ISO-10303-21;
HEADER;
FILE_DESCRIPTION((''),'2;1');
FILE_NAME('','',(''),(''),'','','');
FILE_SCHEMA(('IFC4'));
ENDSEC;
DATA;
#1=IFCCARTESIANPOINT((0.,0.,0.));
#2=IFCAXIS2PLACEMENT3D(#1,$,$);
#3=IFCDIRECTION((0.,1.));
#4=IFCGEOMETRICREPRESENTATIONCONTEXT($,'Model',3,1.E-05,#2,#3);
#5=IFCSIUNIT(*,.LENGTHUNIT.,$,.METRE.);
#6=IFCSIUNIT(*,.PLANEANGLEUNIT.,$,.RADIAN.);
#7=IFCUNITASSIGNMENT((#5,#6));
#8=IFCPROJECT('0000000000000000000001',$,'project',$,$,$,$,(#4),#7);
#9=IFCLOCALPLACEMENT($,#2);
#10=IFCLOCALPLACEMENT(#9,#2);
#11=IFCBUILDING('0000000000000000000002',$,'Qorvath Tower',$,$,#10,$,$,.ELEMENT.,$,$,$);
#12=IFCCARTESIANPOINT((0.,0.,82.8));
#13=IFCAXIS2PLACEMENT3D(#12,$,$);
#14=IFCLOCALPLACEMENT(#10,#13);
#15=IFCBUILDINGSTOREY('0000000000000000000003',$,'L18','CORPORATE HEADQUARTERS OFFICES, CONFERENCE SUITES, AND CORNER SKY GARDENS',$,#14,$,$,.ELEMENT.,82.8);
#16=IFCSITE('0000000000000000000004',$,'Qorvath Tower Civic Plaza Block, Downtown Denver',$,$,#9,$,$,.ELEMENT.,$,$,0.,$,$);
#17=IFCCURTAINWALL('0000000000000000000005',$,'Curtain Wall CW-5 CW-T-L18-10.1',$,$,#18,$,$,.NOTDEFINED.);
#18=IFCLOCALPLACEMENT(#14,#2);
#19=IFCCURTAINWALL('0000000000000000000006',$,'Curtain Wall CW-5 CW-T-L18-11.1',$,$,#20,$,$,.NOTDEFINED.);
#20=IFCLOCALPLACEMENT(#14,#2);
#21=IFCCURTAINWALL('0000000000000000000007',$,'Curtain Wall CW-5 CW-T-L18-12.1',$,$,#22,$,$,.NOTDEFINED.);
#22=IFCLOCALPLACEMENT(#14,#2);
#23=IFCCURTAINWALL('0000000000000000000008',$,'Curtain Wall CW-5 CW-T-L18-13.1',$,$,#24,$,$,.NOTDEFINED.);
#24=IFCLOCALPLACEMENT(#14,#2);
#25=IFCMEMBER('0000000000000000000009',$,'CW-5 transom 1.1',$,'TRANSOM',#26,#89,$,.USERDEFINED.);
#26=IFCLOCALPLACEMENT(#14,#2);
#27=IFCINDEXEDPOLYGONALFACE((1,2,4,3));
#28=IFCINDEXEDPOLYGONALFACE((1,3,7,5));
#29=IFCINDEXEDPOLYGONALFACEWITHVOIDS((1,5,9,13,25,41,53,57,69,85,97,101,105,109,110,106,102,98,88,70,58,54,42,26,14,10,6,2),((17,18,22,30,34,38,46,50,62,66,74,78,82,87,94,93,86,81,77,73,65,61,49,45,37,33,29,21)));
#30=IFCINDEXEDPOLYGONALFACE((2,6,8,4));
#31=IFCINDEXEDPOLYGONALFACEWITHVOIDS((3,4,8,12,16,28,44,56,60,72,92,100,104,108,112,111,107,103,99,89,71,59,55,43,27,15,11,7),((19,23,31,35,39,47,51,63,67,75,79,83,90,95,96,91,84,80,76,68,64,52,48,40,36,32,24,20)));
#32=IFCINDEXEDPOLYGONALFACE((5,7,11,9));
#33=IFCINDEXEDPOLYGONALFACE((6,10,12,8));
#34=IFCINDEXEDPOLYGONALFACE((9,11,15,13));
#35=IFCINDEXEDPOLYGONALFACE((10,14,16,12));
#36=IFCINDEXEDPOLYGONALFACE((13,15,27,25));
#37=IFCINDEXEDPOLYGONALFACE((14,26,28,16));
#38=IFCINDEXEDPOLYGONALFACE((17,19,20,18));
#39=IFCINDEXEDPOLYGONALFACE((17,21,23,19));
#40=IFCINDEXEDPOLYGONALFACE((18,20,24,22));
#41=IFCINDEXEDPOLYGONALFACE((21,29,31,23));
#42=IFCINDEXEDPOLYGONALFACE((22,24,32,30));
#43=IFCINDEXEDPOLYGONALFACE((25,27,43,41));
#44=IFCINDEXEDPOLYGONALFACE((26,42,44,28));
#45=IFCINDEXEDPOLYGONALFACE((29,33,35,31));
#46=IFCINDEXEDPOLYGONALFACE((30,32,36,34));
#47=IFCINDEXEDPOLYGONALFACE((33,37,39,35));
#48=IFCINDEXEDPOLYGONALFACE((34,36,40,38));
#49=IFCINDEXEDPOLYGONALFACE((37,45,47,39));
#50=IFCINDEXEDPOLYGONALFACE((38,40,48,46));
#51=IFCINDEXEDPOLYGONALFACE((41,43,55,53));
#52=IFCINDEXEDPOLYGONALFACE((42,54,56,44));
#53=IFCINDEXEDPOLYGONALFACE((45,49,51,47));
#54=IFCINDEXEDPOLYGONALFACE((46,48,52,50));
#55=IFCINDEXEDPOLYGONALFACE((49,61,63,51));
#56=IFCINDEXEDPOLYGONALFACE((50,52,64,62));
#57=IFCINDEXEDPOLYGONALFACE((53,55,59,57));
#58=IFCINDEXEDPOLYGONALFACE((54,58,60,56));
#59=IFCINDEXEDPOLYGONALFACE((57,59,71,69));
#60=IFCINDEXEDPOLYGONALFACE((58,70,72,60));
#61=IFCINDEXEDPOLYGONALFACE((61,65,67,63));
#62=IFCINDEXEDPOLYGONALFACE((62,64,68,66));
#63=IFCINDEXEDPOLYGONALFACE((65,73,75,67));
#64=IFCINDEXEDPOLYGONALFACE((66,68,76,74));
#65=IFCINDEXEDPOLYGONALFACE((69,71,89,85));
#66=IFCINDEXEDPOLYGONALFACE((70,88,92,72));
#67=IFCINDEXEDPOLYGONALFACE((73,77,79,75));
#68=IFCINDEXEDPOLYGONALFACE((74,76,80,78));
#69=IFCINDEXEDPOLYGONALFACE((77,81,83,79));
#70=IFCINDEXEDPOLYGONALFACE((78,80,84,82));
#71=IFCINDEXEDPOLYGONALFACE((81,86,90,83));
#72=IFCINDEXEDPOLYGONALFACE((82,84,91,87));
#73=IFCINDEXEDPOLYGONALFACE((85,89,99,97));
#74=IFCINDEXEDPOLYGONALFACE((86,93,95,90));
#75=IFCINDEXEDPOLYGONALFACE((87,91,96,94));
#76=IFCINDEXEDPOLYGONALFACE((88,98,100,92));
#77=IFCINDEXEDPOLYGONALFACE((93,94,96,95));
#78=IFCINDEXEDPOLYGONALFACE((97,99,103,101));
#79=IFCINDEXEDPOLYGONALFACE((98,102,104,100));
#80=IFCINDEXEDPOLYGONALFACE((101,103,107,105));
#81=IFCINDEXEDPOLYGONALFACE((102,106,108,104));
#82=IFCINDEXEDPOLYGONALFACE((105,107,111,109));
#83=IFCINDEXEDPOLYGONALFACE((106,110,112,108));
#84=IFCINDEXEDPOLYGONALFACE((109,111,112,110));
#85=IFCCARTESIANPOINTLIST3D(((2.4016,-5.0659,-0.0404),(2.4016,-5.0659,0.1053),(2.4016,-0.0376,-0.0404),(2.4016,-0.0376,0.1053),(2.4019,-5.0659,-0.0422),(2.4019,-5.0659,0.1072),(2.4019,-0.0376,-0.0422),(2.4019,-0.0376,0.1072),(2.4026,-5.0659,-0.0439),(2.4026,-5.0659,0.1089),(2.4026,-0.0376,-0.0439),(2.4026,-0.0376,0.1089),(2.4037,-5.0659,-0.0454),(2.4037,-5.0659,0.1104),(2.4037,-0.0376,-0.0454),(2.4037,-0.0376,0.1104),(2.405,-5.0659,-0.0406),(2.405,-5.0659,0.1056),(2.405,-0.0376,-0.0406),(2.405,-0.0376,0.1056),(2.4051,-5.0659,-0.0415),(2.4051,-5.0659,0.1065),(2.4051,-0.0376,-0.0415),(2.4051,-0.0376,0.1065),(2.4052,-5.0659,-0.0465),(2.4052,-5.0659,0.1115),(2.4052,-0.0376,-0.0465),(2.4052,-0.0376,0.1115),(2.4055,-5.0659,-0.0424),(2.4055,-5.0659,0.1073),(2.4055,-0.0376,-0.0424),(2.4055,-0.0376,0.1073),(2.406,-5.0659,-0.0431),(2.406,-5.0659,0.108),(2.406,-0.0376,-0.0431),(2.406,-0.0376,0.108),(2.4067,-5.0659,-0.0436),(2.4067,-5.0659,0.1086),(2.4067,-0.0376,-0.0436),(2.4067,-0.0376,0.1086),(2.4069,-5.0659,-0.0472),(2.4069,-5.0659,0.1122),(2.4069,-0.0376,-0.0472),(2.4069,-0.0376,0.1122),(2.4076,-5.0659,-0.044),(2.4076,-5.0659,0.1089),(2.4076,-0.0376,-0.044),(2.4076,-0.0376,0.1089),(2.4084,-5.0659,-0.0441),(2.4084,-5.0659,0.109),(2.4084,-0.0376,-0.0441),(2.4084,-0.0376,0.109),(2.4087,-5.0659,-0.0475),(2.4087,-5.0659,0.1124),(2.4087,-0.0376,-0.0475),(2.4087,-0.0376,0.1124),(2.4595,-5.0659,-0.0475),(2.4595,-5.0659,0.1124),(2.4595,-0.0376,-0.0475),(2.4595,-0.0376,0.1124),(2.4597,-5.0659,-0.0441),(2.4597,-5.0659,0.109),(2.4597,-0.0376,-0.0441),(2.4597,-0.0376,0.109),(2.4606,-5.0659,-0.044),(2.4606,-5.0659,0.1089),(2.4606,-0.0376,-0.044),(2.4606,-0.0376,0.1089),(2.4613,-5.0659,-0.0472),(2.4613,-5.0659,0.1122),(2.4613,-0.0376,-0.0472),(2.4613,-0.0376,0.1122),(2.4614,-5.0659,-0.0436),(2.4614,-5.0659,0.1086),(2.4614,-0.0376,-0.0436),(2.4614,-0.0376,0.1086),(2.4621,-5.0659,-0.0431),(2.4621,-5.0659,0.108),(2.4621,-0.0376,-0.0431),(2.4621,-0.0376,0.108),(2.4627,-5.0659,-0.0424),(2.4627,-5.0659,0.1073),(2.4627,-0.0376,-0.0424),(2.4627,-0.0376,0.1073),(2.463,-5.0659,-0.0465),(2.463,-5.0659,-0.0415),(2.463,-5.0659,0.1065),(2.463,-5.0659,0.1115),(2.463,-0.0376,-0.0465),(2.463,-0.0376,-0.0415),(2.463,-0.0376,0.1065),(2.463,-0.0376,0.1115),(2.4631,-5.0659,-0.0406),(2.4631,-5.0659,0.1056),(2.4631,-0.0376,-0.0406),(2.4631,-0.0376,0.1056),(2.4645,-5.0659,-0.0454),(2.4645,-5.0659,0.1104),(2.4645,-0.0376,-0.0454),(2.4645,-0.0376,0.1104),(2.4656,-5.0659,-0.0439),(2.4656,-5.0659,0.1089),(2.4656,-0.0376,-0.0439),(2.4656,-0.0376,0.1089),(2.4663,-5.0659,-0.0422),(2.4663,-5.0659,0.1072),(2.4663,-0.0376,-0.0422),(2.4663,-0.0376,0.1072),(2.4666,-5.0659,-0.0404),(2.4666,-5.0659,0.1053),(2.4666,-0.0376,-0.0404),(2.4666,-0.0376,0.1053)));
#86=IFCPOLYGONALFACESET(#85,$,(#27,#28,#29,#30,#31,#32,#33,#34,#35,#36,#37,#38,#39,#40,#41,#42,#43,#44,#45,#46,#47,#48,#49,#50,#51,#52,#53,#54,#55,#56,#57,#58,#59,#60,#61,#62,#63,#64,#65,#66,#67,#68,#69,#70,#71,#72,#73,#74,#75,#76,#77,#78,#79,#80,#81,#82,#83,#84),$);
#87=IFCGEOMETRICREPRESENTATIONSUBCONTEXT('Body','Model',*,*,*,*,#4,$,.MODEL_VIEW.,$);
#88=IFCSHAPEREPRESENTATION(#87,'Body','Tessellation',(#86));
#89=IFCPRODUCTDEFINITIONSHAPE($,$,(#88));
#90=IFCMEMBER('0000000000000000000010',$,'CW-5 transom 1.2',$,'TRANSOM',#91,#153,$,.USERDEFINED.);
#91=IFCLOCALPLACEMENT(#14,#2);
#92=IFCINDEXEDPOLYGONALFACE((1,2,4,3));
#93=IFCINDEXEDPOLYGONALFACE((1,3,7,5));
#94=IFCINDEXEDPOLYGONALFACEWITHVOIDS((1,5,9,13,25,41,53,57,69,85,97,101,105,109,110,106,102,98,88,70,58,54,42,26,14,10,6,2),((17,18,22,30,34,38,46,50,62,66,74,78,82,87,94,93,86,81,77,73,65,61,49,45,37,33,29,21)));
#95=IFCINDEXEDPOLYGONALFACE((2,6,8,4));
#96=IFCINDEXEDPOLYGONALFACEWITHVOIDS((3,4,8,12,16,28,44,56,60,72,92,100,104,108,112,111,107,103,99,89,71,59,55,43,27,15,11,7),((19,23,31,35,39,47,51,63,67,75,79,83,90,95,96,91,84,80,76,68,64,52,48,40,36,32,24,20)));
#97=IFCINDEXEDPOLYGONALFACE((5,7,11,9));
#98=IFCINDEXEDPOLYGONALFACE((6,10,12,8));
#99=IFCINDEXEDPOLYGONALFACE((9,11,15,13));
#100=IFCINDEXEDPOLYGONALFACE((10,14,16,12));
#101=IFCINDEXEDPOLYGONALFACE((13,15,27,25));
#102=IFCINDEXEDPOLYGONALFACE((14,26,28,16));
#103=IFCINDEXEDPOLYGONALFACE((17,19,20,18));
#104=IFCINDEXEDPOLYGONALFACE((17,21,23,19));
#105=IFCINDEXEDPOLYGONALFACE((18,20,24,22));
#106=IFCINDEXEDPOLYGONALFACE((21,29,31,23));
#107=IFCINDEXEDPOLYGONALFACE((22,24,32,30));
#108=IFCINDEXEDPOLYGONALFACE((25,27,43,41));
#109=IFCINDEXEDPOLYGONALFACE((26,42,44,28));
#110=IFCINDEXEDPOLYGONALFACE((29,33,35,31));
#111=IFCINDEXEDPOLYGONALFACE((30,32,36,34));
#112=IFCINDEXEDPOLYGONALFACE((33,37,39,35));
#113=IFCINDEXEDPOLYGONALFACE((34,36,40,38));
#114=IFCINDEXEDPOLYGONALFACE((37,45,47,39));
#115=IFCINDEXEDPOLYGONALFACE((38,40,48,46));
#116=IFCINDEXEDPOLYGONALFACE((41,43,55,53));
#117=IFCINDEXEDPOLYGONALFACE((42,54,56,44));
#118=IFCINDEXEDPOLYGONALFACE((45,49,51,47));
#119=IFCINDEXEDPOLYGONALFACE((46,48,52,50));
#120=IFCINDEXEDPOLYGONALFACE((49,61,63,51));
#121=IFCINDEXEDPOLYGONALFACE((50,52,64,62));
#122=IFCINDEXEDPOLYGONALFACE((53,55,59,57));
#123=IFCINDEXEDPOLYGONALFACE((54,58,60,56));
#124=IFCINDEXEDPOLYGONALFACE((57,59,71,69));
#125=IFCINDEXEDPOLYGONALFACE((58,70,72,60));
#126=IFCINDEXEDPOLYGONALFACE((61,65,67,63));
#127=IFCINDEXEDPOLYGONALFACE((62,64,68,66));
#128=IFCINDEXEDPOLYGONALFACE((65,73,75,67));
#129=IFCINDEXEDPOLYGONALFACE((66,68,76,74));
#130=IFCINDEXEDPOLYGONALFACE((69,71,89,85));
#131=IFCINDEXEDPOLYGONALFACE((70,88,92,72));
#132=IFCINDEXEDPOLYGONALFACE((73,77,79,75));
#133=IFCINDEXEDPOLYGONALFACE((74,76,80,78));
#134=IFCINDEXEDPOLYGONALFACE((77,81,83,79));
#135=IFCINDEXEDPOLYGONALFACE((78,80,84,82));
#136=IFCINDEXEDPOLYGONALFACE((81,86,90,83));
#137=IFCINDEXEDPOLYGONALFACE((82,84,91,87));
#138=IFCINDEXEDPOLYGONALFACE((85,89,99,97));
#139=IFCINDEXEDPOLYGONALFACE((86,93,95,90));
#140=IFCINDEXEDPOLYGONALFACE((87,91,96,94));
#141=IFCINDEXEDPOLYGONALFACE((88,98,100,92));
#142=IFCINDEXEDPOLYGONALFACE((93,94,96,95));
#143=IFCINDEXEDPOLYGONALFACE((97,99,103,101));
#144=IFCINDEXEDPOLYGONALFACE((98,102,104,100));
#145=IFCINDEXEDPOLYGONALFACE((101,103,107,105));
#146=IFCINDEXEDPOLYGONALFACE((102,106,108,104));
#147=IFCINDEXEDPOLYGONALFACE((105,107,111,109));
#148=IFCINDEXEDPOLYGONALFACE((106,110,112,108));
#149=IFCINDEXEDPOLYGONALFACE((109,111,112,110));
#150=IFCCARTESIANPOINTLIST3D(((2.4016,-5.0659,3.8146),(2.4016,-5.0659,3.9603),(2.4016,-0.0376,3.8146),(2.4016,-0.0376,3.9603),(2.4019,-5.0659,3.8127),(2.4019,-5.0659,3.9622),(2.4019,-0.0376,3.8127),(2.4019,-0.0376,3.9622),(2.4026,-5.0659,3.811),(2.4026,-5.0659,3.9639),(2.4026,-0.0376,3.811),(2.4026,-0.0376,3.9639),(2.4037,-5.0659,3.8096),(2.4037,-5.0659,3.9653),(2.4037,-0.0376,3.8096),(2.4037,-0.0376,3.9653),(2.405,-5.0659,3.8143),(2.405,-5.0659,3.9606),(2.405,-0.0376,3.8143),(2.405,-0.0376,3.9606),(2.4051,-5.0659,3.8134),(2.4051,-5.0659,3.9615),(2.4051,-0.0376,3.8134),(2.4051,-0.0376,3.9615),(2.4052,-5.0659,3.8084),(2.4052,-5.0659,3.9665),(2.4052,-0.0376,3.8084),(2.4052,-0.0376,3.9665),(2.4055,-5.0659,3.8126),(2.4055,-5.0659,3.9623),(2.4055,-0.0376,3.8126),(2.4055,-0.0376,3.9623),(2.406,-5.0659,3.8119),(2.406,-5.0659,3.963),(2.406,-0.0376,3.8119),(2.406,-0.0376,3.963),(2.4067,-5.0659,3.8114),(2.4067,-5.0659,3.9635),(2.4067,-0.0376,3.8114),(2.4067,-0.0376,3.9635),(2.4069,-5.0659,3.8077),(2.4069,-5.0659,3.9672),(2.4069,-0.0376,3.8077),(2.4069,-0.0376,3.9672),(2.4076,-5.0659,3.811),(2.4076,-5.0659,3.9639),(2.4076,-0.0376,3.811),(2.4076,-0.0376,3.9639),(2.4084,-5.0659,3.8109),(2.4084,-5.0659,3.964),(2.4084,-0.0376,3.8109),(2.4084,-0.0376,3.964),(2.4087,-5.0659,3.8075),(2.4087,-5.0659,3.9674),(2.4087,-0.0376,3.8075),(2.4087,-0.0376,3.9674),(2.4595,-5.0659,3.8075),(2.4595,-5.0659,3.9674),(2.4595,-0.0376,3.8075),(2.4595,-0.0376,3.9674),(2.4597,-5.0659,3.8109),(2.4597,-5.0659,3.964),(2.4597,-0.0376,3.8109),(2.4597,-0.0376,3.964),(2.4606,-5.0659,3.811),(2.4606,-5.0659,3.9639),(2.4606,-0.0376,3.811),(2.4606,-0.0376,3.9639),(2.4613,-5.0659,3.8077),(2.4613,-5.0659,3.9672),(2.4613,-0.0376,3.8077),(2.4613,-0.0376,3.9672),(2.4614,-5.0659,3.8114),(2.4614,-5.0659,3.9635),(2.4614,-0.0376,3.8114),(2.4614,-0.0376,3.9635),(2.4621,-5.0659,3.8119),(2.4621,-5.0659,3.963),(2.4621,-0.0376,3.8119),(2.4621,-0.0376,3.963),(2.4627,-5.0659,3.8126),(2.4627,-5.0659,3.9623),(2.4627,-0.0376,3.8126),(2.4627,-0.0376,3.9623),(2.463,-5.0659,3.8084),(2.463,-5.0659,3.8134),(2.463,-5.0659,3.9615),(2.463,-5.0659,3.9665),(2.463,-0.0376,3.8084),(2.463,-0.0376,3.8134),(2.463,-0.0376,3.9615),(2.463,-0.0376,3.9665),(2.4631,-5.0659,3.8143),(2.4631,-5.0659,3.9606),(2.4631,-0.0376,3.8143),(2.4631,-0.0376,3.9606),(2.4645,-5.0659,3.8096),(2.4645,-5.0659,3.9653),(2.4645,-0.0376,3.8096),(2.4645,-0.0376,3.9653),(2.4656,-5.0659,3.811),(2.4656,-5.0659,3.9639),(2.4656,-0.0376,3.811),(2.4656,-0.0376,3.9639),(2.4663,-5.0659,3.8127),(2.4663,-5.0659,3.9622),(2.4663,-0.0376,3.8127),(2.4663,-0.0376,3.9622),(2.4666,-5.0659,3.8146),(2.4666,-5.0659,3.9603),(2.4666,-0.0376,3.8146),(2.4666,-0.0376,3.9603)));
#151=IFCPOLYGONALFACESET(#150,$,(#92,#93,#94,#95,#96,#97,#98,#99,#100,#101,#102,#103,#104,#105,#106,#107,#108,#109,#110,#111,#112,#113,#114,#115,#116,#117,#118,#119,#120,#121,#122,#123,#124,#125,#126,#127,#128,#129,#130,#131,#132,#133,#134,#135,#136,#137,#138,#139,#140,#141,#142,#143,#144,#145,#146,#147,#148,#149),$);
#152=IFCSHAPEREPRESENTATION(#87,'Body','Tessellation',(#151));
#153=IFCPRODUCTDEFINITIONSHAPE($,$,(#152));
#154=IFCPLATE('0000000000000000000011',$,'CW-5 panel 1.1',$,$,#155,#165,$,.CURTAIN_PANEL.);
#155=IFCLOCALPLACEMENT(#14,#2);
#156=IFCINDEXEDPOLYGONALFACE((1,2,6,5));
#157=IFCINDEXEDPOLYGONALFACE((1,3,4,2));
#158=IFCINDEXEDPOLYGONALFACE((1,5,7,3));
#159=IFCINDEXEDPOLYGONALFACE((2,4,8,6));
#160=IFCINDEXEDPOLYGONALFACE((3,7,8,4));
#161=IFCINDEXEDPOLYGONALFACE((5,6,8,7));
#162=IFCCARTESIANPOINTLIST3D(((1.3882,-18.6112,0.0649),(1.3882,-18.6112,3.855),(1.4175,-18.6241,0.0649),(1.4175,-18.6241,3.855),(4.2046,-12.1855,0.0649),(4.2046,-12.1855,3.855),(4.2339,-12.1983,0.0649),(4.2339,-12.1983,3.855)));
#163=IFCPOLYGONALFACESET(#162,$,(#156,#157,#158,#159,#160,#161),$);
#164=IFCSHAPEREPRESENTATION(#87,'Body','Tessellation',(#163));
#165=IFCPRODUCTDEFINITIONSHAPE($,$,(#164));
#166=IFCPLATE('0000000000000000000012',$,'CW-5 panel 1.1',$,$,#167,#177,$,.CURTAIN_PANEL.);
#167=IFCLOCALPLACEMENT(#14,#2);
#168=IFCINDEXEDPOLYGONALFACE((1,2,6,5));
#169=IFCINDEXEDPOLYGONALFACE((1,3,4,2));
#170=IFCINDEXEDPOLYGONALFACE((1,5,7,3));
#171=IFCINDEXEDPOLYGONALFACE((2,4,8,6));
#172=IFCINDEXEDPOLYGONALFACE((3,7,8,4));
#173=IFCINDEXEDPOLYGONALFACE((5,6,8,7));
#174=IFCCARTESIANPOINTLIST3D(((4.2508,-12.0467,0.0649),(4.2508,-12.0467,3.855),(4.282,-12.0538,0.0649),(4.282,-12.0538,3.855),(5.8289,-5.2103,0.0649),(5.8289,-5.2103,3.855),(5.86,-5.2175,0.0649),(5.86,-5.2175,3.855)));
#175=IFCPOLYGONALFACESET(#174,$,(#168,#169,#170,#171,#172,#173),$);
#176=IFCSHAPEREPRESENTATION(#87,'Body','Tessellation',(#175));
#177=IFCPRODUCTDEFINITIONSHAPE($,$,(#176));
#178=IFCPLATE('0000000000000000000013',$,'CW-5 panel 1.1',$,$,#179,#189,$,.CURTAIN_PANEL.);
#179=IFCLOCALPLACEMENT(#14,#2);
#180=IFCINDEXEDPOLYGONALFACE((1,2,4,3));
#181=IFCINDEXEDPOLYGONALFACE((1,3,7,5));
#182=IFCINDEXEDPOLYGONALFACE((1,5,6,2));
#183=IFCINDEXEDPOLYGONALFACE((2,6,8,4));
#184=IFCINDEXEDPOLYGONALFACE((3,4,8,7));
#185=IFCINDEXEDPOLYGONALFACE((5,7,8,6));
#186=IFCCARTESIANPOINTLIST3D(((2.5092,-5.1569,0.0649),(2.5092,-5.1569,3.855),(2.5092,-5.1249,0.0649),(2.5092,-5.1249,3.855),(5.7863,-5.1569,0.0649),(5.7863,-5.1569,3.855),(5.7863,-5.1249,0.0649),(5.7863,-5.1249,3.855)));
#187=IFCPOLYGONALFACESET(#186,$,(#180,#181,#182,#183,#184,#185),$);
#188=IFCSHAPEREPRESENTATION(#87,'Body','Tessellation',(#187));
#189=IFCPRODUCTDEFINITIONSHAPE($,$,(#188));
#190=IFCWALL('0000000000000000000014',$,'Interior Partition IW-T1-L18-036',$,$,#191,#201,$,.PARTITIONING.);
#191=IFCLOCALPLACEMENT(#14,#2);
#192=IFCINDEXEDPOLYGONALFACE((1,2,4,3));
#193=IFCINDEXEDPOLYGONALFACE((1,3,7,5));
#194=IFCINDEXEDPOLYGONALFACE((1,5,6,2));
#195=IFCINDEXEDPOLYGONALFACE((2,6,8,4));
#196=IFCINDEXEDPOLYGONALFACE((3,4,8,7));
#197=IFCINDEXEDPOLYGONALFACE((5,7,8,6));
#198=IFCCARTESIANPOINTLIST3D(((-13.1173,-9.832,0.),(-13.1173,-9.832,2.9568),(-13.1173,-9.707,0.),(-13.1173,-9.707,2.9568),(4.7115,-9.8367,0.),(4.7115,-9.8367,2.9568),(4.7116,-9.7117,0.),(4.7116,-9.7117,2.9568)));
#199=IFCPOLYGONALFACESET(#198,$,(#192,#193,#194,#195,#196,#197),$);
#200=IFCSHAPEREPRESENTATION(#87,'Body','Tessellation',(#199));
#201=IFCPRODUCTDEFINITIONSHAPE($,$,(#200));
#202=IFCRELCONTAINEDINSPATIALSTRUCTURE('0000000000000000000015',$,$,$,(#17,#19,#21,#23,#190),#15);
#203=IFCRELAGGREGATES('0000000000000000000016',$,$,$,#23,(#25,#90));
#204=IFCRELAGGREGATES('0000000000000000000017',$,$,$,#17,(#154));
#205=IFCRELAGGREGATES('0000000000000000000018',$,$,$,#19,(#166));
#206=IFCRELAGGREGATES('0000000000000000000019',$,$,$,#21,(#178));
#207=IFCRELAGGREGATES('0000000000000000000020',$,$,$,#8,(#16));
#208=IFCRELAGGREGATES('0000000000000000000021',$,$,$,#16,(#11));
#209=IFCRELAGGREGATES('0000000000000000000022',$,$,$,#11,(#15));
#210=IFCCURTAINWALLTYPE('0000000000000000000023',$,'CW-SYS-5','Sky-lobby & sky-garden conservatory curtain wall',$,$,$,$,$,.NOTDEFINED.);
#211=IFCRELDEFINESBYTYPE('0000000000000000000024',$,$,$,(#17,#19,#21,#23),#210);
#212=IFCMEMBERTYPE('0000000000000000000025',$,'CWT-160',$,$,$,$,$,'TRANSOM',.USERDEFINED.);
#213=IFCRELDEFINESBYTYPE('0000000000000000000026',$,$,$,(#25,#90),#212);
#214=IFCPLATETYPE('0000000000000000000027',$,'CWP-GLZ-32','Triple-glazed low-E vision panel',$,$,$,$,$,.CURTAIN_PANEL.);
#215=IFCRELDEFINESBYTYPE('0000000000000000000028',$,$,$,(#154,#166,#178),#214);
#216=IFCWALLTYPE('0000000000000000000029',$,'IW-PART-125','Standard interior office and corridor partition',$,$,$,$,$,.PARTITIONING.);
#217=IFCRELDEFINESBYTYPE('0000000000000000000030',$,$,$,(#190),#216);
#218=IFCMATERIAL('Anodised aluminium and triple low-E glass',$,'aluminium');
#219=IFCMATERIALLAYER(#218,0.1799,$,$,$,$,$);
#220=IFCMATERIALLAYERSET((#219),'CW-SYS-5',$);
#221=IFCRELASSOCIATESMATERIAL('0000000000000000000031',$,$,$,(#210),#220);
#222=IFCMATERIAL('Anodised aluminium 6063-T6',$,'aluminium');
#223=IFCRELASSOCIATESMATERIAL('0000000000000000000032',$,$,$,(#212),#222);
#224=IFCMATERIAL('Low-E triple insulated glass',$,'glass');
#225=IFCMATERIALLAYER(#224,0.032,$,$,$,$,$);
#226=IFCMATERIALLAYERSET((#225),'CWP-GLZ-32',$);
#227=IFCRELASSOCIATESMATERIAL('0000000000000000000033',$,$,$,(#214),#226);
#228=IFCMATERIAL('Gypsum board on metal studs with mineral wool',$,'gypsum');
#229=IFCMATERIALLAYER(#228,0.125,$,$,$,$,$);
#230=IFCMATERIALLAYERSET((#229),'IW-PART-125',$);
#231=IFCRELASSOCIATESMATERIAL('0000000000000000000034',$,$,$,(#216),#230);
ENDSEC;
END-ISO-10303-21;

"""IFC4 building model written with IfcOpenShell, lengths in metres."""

from ifc_helpers import new_model, si_unit, direction, frame, frame_2d, origin, origin_2d, place, context, subcontext, project, spatial, rectangle, hollow_rectangle, extrude, material, layer, layer_set, material_profile, profile_set, type_object, element, aggregate, save


model = new_model("IFC4")

# Units and contexts
model_context = context("Model", 3, precision=1e-05, world=origin(), true_north=direction((0.0, 1.0)))
body_context = subcontext(model_context, "Body", "Model", "MODEL_VIEW")
ifc_project = project(units=[si_unit("LENGTHUNIT", "METRE"), si_unit("PLANEANGLEUNIT", "RADIAN")], contexts=[model_context])

# Site, building, storey
site_placement = place(None, origin())
site = spatial("IfcSite", under=ifc_project, at=site_placement, Name="Qorvath Tower Civic Plaza Block, Downtown Denver", CompositionType="ELEMENT", RefElevation=0.0)
building_placement = place(site_placement, origin())
building = spatial("IfcBuilding", under=site, at=building_placement, Name="Qorvath Tower", CompositionType="ELEMENT")
storey_placement = place(building_placement, frame((0.0, 0.0, 82.8)))
storey = spatial("IfcBuildingStorey", under=building, at=storey_placement, Name="L18", Description="CORPORATE HEADQUARTERS OFFICES, CONFERENCE SUITES, AND CORNER SKY GARDENS", CompositionType="ELEMENT", Elevation=82.8)

# Curtain wall
ifc_material_1 = material(Name="Anodised aluminium and triple low-E glass", Category="aluminium")
ifc_layer_1 = layer(ifc_material_1, 0.1799)
ifc_layer_set_1 = layer_set([ifc_layer_1], Name="CW-SYS-5")
curtain_wall_type = type_object("IfcCurtainWallType", Name="CW-SYS-5", Description="Sky-lobby & sky-garden conservatory curtain wall", PredefinedType="NOTDEFINED", material=ifc_layer_set_1)
curtain_wall_1_placement = place(storey_placement, origin())
curtain_wall_1 = element("IfcCurtainWall", 1, at=curtain_wall_1_placement, inside=storey, type_object=curtain_wall_type, Name="Curtain Wall CW-5 CW-T-L18-10.1", PredefinedType="NOTDEFINED")

# Curtain walls
curtain_wall_2_placement = place(storey_placement, origin())
curtain_wall_2 = element("IfcCurtainWall", 2, at=curtain_wall_2_placement, inside=storey, type_object=curtain_wall_type, Name="Curtain Wall CW-5 CW-T-L18-11.1", PredefinedType="NOTDEFINED")
curtain_wall_3_placement = place(storey_placement, origin())
curtain_wall_3 = element("IfcCurtainWall", 3, at=curtain_wall_3_placement, inside=storey, type_object=curtain_wall_type, Name="Curtain Wall CW-5 CW-T-L18-12.1", PredefinedType="NOTDEFINED")

# Curtain wall
curtain_wall_4_placement = place(storey_placement, origin())
curtain_wall_4 = element("IfcCurtainWall", 4, at=curtain_wall_4_placement, inside=storey, type_object=curtain_wall_type, Name="Curtain Wall CW-5 CW-T-L18-13.1", PredefinedType="NOTDEFINED")

# Members
ifc_material_2 = material(Name="Anodised aluminium 6063-T6", Category="aluminium")
ifc_material_profile_1 = material_profile(ifc_material_2, hollow_rectangle(XDim=0.0649, YDim=0.1599, WallThickness=0.0034, InnerFilletRadius=0.0034, OuterFilletRadius=0.0071, at=origin_2d()), Name="CWT 160x65")
ifc_profile_set_1 = profile_set([ifc_material_profile_1], Name="Anodised aluminium 6063-T6")
member_type_1 = type_object("IfcMemberType", Name="CWT-160", ElementType="TRANSOM", PredefinedType="USERDEFINED", material=ifc_profile_set_1)
member_1_placement = place(storey_placement, frame((2.4341, -5.0659, 0.0325), z_axis=(0.0, 1.0, 0.0), x_axis=(-1.0, 0.0, 0.0)))
member_1 = element("IfcMember", 5, at=member_1_placement, type_object=member_type_1, Name="CW-5 transom 1.1", ObjectType="TRANSOM", PredefinedType="USERDEFINED", context=body_context, shape_type="SweptSolid", body=[
    extrude(hollow_rectangle(XDim=0.0649, YDim=0.1599, WallThickness=0.0034, InnerFilletRadius=0.0034, OuterFilletRadius=0.0071, at=origin_2d()), origin(), (0.0, 0.0, 1.0), 5.0283),
])
member_2_placement = place(storey_placement, frame((2.4341, -5.0659, 3.8875), z_axis=(0.0, 1.0, 0.0), x_axis=(-1.0, 0.0, 0.0)))
member_2 = element("IfcMember", 6, at=member_2_placement, type_object=member_type_1, Name="CW-5 transom 1.2", ObjectType="TRANSOM", PredefinedType="USERDEFINED", context=body_context, shape_type="SweptSolid", body=[
    extrude(hollow_rectangle(XDim=0.0649, YDim=0.1599, WallThickness=0.0034, InnerFilletRadius=0.0034, OuterFilletRadius=0.0071, at=origin_2d()), origin(), (0.0, 0.0, 1.0), 5.0283),
])
aggregate(curtain_wall_4, [member_1, member_2])

# Plates
ifc_material_3 = material(Name="Low-E triple insulated glass", Category="glass")
ifc_layer_2 = layer(ifc_material_3, 0.032)
ifc_layer_set_2 = layer_set([ifc_layer_2], Name="CWP-GLZ-32")
plate_type = type_object("IfcPlateType", Name="CWP-GLZ-32", Description="Triple-glazed low-E vision panel", PredefinedType="CURTAIN_PANEL", material=ifc_layer_set_2)
plate_1_placement = place(storey_placement, frame((2.811, -15.4048, 0.0649), z_axis=(0.0, 0.0, 1.0), x_axis=(0.40144, 0.915886, 0.0)))
plate_1 = element("IfcPlate", 7, at=plate_1_placement, type_object=plate_type, Name="CW-5 panel 1.1", PredefinedType="CURTAIN_PANEL", context=body_context, shape_type="SweptSolid", body=[
    extrude(rectangle(XDim=7.0159, YDim=0.032, at=origin_2d()), origin(), (0.0, 0.0, 1.0), 3.79),
])
aggregate(curtain_wall_1, [plate_1])
plate_2_placement = place(storey_placement, frame((5.0554, -8.6321, 0.0649), z_axis=(0.0, 0.0, 1.0), x_axis=(0.224923, 0.974377, 0.0)))
plate_2 = element("IfcPlate", 8, at=plate_2_placement, type_object=plate_type, Name="CW-5 panel 1.1", PredefinedType="CURTAIN_PANEL", context=body_context, shape_type="SweptSolid", body=[
    extrude(rectangle(XDim=7.0161, YDim=0.032, at=origin_2d()), origin(), (0.0, 0.0, 1.0), 3.79),
])
aggregate(curtain_wall_2, [plate_2])
plate_3_placement = place(storey_placement, frame((4.1477, -5.1409, 0.0649), z_axis=(0.0, 0.0, 1.0), x_axis=(-1.0, 0.0, 0.0)))
plate_3 = element("IfcPlate", 9, at=plate_3_placement, type_object=plate_type, Name="CW-5 panel 1.1", PredefinedType="CURTAIN_PANEL", context=body_context, shape_type="SweptSolid", body=[
    extrude(rectangle(XDim=3.2771, YDim=0.032, at=origin_2d()), origin(), (0.0, 0.0, 1.0), 3.79),
])
aggregate(curtain_wall_3, [plate_3])

# Wall
ifc_material_4 = material(Name="Gypsum board on metal studs with mineral wool", Category="gypsum")
ifc_layer_3 = layer(ifc_material_4, 0.125)
ifc_layer_set_3 = layer_set([ifc_layer_3], Name="IW-PART-125")
wall_type_1 = type_object("IfcWallType", Name="IW-PART-125", Description="Standard interior office and corridor partition", PredefinedType="PARTITIONING", material=ifc_layer_set_3)
wall_1_placement = place(storey_placement, frame((4.7117, -9.7742, 0.0), z_axis=(0.0, 0.0, 1.0), x_axis=(-1.0, 0.00026, 0.0)))
element("IfcWall", 10, at=wall_1_placement, inside=storey, type_object=wall_type_1, Name="Interior Partition IW-T1-L18-036", PredefinedType="PARTITIONING", context=body_context, shape_type="SweptSolid", body=[
    extrude(rectangle(XDim=17.8289, YDim=0.125, at=frame_2d((8.9146, 0.0))), origin(), (0.0, 0.0, 1.0), 2.9568),
])

save(model, "model.ifc")
